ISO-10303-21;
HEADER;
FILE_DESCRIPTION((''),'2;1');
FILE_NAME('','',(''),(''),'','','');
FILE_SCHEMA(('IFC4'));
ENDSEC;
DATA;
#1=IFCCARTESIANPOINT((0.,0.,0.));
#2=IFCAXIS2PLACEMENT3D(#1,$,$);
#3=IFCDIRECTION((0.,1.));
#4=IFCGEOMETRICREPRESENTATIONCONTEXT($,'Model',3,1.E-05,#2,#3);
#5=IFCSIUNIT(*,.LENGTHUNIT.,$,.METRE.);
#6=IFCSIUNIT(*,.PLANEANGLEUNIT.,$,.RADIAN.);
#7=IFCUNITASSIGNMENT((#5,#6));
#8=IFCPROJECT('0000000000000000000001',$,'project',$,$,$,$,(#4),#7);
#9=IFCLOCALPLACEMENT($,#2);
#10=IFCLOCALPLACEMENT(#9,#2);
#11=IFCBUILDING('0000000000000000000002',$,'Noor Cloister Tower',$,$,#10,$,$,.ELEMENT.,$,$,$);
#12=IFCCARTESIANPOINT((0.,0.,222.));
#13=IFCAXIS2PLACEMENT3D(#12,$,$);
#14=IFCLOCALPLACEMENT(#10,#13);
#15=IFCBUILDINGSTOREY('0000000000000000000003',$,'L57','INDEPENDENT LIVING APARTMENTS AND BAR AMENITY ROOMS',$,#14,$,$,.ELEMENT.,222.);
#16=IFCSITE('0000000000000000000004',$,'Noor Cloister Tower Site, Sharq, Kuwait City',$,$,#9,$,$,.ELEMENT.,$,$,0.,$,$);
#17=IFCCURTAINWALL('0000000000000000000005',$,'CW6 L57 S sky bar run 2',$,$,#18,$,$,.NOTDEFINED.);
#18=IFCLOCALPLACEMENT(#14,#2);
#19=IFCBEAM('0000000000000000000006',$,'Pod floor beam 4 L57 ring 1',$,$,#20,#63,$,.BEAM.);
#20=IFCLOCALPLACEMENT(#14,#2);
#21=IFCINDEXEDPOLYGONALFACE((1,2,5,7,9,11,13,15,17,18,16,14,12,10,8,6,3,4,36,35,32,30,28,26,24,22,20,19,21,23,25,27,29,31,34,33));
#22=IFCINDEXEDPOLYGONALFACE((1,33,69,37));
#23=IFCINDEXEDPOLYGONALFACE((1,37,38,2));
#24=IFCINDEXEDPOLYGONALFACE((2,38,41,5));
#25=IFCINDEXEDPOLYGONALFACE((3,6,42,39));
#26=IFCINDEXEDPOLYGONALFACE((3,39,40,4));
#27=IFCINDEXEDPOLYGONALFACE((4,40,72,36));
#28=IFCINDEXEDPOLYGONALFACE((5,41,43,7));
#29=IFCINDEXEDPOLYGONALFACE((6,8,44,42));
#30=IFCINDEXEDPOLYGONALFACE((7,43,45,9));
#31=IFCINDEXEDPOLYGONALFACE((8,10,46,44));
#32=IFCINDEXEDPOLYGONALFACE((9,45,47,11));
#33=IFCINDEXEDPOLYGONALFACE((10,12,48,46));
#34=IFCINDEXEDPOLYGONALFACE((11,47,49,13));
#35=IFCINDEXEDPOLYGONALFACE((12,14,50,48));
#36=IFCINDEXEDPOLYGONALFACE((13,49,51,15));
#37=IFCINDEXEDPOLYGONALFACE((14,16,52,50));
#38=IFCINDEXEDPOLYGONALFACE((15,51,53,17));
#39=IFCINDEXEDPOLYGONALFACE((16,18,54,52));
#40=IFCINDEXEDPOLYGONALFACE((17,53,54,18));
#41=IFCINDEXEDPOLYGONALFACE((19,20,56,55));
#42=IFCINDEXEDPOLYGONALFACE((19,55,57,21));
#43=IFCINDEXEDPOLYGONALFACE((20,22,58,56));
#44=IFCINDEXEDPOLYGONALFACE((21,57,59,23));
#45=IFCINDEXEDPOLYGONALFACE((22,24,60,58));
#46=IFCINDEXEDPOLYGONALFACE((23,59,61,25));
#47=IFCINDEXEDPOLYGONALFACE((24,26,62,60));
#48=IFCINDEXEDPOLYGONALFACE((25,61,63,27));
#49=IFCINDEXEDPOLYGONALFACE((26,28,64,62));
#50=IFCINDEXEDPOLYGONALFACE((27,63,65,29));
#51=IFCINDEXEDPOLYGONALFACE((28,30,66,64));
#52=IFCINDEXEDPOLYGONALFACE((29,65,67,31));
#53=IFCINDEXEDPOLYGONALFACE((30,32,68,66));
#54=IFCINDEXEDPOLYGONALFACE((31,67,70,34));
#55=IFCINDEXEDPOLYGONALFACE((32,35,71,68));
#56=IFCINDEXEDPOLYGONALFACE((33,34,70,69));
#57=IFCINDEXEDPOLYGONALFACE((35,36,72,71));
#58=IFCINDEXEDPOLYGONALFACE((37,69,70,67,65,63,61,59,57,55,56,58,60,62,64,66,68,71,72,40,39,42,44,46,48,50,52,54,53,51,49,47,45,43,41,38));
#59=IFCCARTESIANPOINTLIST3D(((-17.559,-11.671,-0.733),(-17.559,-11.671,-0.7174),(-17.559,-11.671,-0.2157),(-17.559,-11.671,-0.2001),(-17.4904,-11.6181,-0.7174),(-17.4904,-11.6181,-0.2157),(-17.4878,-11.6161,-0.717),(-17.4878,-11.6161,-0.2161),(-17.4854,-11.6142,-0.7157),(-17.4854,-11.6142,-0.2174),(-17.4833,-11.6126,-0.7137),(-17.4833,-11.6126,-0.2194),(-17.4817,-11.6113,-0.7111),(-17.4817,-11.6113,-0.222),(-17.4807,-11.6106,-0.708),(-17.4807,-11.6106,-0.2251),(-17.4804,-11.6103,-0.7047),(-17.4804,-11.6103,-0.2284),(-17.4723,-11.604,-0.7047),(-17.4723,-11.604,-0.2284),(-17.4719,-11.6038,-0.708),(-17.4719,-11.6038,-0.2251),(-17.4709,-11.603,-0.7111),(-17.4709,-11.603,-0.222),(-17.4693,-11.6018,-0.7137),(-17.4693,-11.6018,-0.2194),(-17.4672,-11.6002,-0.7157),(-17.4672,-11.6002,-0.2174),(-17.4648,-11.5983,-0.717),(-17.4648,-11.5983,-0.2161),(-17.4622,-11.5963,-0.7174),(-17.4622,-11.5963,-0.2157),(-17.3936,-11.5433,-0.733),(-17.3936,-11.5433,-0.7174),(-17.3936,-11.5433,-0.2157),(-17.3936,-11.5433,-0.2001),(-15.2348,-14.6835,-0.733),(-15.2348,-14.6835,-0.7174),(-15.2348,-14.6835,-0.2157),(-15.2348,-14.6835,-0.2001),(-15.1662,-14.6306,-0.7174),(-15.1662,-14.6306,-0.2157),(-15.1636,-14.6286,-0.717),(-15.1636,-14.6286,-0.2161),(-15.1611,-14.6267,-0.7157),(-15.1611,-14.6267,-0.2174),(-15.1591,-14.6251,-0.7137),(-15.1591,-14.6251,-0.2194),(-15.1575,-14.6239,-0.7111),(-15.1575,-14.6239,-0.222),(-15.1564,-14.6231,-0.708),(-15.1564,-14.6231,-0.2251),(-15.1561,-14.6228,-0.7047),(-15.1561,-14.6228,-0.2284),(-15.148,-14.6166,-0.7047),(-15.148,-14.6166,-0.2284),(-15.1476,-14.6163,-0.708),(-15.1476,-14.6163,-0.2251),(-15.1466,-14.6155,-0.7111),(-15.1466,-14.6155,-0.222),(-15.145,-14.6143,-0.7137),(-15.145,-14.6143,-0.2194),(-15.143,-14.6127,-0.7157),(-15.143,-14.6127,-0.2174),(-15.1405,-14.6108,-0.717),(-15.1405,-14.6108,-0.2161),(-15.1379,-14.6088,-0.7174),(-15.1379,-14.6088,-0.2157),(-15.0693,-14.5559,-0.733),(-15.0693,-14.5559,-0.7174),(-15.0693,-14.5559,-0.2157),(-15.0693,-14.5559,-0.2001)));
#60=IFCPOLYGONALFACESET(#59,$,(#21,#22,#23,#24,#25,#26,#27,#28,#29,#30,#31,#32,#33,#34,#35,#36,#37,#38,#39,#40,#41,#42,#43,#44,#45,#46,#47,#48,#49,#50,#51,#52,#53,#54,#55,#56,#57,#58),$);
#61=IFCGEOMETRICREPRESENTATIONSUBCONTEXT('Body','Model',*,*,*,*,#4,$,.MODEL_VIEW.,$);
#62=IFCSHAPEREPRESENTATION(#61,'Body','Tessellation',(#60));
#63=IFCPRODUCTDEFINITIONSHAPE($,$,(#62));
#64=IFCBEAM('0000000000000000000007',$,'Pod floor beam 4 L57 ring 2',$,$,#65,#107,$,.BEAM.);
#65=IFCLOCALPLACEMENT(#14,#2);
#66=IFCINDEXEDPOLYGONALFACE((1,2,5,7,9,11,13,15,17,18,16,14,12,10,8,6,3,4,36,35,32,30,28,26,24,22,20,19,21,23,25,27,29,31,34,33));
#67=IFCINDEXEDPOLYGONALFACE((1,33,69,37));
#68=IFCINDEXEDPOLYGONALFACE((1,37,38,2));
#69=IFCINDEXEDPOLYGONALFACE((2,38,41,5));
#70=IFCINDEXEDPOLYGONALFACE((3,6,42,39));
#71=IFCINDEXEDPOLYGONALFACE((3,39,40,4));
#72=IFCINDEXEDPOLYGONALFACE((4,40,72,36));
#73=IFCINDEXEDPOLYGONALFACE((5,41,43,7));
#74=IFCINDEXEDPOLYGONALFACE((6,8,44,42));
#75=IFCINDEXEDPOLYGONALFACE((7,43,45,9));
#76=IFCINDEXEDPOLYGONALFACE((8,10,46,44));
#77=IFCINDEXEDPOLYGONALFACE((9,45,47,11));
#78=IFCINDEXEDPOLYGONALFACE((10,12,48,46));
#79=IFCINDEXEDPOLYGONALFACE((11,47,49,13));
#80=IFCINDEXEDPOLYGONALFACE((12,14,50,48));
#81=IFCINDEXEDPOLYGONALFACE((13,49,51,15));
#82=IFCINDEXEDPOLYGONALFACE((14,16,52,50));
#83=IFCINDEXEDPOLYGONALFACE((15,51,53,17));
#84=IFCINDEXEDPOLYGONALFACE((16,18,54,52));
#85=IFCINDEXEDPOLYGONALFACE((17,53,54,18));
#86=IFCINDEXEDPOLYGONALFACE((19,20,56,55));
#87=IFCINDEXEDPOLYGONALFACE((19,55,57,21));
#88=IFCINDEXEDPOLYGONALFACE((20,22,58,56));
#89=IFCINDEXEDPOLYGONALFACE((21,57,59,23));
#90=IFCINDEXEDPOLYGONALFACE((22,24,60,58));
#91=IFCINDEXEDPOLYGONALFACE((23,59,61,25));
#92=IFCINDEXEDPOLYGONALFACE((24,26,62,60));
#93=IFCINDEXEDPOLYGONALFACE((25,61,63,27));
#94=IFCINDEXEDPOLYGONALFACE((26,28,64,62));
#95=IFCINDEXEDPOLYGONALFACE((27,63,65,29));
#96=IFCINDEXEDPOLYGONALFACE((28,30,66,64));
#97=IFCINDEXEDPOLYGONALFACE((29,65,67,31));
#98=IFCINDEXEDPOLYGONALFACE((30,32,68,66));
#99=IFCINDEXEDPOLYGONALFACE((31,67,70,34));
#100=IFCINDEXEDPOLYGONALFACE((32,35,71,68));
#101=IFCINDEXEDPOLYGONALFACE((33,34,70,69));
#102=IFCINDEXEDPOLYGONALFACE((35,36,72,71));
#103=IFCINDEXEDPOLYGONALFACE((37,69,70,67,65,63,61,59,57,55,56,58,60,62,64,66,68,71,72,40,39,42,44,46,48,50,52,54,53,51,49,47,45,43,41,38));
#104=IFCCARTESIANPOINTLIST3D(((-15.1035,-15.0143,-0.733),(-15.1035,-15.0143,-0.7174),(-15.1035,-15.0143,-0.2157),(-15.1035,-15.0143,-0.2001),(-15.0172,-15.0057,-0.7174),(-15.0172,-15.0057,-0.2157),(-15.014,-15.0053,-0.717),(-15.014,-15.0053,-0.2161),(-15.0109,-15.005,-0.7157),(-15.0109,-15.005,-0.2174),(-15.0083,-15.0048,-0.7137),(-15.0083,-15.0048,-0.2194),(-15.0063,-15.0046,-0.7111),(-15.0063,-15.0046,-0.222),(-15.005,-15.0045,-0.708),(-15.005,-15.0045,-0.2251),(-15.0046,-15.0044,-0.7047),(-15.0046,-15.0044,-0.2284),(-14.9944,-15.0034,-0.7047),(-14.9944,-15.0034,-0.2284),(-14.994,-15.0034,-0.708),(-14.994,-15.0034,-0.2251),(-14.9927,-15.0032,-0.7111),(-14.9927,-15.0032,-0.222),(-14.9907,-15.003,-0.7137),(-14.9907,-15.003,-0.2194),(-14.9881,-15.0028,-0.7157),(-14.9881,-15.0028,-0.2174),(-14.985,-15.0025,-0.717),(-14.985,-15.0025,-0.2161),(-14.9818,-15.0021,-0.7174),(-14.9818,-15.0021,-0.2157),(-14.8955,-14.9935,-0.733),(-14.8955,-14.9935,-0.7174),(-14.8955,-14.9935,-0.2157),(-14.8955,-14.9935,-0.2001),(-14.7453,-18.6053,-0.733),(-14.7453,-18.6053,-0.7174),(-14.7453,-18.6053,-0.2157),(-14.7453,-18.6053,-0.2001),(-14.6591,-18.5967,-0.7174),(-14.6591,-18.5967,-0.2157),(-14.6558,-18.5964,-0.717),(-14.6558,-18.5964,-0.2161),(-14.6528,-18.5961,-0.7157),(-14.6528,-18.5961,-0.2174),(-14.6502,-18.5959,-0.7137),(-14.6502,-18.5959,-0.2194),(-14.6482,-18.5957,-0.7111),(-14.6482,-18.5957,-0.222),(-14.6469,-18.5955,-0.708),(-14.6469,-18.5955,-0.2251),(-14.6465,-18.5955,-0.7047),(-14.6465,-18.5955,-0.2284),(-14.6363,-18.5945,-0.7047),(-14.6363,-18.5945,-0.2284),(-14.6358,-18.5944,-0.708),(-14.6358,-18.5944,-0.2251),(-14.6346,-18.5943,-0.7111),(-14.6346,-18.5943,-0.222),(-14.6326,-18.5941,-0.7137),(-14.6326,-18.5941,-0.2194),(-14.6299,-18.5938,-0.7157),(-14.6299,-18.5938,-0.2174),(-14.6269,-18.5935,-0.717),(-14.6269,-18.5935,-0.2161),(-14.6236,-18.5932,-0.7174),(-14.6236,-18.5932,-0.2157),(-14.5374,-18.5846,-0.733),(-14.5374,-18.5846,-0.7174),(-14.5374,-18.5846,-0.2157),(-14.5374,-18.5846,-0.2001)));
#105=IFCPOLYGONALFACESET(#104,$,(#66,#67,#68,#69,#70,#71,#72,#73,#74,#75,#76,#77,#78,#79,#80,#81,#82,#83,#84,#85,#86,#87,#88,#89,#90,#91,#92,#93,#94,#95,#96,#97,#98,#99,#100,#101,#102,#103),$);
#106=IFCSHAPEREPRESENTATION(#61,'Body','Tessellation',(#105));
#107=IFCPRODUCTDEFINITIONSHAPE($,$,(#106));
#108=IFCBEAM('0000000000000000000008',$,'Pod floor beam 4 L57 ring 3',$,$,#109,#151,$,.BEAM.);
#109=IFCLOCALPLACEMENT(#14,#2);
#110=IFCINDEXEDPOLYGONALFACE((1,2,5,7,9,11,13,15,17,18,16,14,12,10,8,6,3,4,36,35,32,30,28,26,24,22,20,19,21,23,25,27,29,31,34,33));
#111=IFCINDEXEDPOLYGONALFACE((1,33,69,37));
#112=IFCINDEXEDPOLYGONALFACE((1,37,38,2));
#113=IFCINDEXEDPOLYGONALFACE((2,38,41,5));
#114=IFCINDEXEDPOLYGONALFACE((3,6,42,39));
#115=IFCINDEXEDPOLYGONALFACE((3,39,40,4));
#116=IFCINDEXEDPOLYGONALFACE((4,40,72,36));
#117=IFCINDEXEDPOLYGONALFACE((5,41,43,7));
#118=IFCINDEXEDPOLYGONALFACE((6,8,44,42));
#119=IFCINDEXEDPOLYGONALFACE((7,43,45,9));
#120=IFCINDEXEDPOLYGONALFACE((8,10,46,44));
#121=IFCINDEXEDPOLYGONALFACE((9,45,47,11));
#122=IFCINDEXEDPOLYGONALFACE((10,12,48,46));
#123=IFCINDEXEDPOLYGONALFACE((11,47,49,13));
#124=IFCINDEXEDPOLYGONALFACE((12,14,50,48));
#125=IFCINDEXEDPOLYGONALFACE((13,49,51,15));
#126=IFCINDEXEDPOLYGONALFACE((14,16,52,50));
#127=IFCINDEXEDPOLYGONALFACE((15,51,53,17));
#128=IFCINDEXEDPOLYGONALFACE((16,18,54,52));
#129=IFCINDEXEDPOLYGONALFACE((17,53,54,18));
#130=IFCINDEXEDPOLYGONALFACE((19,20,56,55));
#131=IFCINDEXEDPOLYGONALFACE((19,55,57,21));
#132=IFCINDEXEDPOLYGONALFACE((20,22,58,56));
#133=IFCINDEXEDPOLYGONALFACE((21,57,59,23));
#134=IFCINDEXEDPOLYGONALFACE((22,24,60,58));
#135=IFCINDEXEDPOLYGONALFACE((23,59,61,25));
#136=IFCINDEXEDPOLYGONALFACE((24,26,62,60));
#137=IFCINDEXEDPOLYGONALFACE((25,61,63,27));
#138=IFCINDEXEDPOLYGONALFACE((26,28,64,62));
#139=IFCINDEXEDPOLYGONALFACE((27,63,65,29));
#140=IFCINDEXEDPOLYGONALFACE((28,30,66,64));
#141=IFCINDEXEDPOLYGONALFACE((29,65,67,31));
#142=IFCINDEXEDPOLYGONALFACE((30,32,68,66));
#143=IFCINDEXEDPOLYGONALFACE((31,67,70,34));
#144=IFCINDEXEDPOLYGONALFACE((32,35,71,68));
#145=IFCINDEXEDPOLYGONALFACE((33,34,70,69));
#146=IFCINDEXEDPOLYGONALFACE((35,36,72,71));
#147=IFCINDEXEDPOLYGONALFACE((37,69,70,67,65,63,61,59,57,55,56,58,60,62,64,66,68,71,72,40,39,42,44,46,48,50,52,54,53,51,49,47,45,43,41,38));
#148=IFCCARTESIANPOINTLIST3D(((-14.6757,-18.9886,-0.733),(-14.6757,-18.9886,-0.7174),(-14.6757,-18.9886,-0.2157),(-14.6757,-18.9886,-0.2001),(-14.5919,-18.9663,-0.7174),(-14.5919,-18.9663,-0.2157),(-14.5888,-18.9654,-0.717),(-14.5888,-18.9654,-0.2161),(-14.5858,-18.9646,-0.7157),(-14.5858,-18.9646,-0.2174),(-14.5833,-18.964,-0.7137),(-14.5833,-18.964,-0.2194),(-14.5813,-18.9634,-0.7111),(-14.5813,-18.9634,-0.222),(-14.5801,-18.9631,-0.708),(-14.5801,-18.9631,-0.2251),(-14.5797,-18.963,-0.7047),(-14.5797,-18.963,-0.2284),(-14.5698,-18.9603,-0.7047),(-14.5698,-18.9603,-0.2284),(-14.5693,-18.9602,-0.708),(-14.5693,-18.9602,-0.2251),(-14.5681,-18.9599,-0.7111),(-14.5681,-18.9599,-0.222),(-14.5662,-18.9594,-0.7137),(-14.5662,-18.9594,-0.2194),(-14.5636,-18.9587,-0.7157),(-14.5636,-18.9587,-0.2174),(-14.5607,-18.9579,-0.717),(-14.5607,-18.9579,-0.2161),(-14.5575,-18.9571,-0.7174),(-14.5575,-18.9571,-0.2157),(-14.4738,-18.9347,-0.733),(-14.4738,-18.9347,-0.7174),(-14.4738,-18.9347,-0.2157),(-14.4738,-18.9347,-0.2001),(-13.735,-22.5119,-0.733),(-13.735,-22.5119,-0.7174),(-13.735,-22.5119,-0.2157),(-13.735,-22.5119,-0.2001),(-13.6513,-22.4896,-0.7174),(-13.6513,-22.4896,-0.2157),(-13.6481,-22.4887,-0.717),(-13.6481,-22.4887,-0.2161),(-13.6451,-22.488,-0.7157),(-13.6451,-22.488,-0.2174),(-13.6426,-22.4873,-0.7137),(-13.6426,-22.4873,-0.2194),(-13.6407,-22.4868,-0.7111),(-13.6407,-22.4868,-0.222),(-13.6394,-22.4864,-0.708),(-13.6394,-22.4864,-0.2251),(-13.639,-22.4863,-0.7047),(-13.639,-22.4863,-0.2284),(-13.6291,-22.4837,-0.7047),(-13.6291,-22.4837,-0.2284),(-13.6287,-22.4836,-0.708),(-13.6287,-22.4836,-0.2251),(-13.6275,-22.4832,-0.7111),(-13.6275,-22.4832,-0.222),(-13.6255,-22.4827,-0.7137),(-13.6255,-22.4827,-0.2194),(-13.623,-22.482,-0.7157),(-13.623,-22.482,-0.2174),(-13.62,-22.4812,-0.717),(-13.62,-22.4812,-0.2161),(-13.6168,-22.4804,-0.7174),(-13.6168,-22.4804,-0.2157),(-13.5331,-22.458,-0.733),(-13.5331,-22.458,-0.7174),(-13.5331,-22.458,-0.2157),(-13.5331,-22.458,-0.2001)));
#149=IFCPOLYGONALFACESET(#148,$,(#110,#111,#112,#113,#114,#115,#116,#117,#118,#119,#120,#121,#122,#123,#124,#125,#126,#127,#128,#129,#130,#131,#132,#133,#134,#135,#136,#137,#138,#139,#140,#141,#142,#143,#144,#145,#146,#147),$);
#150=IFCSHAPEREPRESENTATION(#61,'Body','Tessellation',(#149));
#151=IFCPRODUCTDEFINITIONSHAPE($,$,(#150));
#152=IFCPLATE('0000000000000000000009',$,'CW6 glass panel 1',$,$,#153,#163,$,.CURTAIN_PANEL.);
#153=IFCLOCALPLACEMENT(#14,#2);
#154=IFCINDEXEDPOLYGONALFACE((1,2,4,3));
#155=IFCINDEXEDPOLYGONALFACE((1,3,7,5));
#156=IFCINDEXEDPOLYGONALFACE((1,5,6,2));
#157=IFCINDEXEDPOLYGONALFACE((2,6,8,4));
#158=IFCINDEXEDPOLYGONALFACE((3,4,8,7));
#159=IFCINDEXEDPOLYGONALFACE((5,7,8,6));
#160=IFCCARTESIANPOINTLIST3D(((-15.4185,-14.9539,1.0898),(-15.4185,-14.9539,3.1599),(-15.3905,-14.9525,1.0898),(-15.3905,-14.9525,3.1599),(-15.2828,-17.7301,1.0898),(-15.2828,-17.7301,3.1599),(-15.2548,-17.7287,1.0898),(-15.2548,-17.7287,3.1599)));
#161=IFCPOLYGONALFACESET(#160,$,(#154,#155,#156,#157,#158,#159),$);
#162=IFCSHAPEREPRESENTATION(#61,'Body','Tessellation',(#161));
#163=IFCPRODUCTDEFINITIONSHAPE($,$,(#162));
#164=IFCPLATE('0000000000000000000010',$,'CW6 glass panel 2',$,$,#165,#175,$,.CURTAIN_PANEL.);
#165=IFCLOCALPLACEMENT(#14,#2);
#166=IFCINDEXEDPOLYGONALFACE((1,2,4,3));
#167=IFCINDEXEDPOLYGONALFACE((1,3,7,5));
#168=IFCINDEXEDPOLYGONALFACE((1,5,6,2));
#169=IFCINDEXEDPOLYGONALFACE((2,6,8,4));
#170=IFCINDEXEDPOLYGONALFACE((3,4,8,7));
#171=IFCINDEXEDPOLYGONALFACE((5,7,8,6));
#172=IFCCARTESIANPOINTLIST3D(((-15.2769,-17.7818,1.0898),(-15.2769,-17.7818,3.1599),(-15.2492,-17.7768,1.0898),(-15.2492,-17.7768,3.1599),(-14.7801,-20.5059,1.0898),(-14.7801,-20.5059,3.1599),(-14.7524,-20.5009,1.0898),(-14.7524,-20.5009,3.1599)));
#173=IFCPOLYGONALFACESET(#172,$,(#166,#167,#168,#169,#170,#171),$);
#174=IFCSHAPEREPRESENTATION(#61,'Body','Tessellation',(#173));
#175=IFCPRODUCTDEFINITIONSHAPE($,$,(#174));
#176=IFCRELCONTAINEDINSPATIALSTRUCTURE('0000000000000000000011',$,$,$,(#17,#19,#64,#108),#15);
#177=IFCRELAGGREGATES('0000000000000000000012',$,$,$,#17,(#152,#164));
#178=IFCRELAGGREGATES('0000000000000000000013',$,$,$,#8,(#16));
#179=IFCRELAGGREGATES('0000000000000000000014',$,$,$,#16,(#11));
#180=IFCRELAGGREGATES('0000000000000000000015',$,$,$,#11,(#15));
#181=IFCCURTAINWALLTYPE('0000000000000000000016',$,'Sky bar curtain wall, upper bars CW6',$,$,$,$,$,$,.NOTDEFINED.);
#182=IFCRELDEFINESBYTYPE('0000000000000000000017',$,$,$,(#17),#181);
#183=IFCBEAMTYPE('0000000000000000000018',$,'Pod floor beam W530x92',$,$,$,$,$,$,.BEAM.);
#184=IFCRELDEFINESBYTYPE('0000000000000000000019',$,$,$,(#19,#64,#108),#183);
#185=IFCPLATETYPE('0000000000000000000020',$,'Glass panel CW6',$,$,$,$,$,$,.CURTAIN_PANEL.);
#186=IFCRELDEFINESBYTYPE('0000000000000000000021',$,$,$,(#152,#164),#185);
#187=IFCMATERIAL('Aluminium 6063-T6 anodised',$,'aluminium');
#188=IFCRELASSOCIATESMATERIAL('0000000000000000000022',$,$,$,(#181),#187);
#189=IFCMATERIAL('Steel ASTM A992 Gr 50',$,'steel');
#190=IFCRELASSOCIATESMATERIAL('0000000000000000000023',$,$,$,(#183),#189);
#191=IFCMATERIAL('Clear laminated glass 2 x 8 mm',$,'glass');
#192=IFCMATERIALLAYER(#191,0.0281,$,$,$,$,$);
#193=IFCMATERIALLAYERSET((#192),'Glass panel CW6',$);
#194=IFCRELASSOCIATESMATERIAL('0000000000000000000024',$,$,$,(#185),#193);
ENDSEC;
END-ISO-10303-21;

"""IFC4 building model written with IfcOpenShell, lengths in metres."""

from ifc_helpers import new_model, si_unit, direction, frame, origin, origin_2d, place, context, subcontext, project, spatial, rectangle, i_section, extrude, material, layer, layer_set, material_profile, profile_set, type_object, element, aggregate, save


model = new_model("IFC4")

# Units and contexts
model_context = context("Model", 3, precision=1e-05, world=origin(), true_north=direction((0.0, 1.0)))
body_context = subcontext(model_context, "Body", "Model", "MODEL_VIEW")
ifc_project = project(units=[si_unit("LENGTHUNIT", "METRE"), si_unit("PLANEANGLEUNIT", "RADIAN")], contexts=[model_context])

# Site, building, storey
site_placement = place(None, origin())
site = spatial("IfcSite", under=ifc_project, at=site_placement, Name="Noor Cloister Tower Site, Sharq, Kuwait City", CompositionType="ELEMENT", RefElevation=0.0)
building_placement = place(site_placement, origin())
building = spatial("IfcBuilding", under=site, at=building_placement, Name="Noor Cloister Tower", CompositionType="ELEMENT")
storey_placement = place(building_placement, frame((0.0, 0.0, 222.0)))
storey = spatial("IfcBuildingStorey", under=building, at=storey_placement, Name="L57", Description="INDEPENDENT LIVING APARTMENTS AND BAR AMENITY ROOMS", CompositionType="ELEMENT", Elevation=222.0)

# Curtain wall
ifc_material_1 = material(Name="Aluminium 6063-T6 anodised", Category="aluminium")
curtain_wall_type = type_object("IfcCurtainWallType", Name="Sky bar curtain wall, upper bars CW6", PredefinedType="NOTDEFINED", material=ifc_material_1)
curtain_wall_placement = place(storey_placement, origin())
curtain_wall = element("IfcCurtainWall", 1, at=curtain_wall_placement, inside=storey, type_object=curtain_wall_type, Name="CW6 L57 S sky bar run 2", PredefinedType="NOTDEFINED")

# Beams
ifc_material_2 = material(Name="Steel ASTM A992 Gr 50", Category="steel")
ifc_material_profile_1 = material_profile(ifc_material_2, i_section(OverallWidth=0.209, OverallDepth=0.533, WebThickness=0.0103, FlangeThickness=0.0156, FilletRadius=0.0127, at=origin_2d()), Name="W530x92")
ifc_profile_set_1 = profile_set([ifc_material_profile_1], Name="Steel ASTM A992 Gr 50")
beam_type = type_object("IfcBeamType", Name="Pod floor beam W530x92", PredefinedType="BEAM", material=ifc_profile_set_1)
beam_1_placement = place(storey_placement, frame((-17.4763, -11.6072, -0.4666), z_axis=(0.610857, -0.791741, 0.0), x_axis=(0.791741, 0.610857, 0.0)))
element("IfcBeam", 2, at=beam_1_placement, inside=storey, type_object=beam_type, Name="Pod floor beam 4 L57 ring 1", PredefinedType="BEAM", context=body_context, shape_type="SweptSolid", body=[
    extrude(i_section(OverallWidth=0.209, OverallDepth=0.533, WebThickness=0.0103, FlangeThickness=0.0156, FilletRadius=0.0127, at=origin_2d()), origin(), (0.0, 0.0, 1.0), 3.8049),
])
beam_2_placement = place(storey_placement, frame((-14.9995, -15.0039, -0.4666), z_axis=(0.099242, -0.995063, 0.0), x_axis=(0.995063, 0.099242, 0.0)))
element("IfcBeam", 3, at=beam_2_placement, inside=storey, type_object=beam_type, Name="Pod floor beam 4 L57 ring 2", PredefinedType="BEAM", context=body_context, shape_type="SweptSolid", body=[
    extrude(i_section(OverallWidth=0.209, OverallDepth=0.533, WebThickness=0.0103, FlangeThickness=0.0156, FilletRadius=0.0127, at=origin_2d()), origin(), (0.0, 0.0, 1.0), 3.6089),
])
beam_3_placement = place(storey_placement, frame((-14.5747, -18.9617, -0.4666), z_axis=(0.257942, -0.96616, 0.0), x_axis=(0.96616, 0.257942, 0.0)))
element("IfcBeam", 4, at=beam_3_placement, inside=storey, type_object=beam_type, Name="Pod floor beam 4 L57 ring 3", PredefinedType="BEAM", context=body_context, shape_type="SweptSolid", body=[
    extrude(i_section(OverallWidth=0.209, OverallDepth=0.533, WebThickness=0.0103, FlangeThickness=0.0156, FilletRadius=0.0127, at=origin_2d()), origin(), (0.0, 0.0, 1.0), 3.6467),
])

# Plates
ifc_material_3 = material(Name="Clear laminated glass 2 x 8 mm", Category="glass")
ifc_layer_1 = layer(ifc_material_3, 0.0281)
ifc_layer_set_1 = layer_set([ifc_layer_1], Name="Glass panel CW6")
plate_type = type_object("IfcPlateType", Name="Glass panel CW6", PredefinedType="CURTAIN_PANEL", material=ifc_layer_set_1)
plate_1_placement = place(storey_placement, frame((-15.3367, -16.3413, 1.0898), z_axis=(0.0, 0.0, 1.0), x_axis=(0.048823, -0.998807, 0.0)))
plate_1 = element("IfcPlate", 5, at=plate_1_placement, type_object=plate_type, Name="CW6 glass panel 1", PredefinedType="CURTAIN_PANEL", context=body_context, shape_type="SweptSolid", body=[
    extrude(rectangle(XDim=2.7795, YDim=0.0281, at=origin_2d()), origin(), (0.0, 0.0, 1.0), 2.0701),
])
plate_2_placement = place(storey_placement, frame((-15.0146, -19.1414, 1.0898), z_axis=(0.0, 0.0, 1.0), x_axis=(0.17941, -0.983774, 0.0)))
plate_2 = element("IfcPlate", 6, at=plate_2_placement, type_object=plate_type, Name="CW6 glass panel 2", PredefinedType="CURTAIN_PANEL", context=body_context, shape_type="SweptSolid", body=[
    extrude(rectangle(XDim=2.769, YDim=0.0281, at=origin_2d()), origin(), (0.0, 0.0, 1.0), 2.0701),
])
aggregate(curtain_wall, [plate_1, plate_2])

save(model, "model.ifc")
